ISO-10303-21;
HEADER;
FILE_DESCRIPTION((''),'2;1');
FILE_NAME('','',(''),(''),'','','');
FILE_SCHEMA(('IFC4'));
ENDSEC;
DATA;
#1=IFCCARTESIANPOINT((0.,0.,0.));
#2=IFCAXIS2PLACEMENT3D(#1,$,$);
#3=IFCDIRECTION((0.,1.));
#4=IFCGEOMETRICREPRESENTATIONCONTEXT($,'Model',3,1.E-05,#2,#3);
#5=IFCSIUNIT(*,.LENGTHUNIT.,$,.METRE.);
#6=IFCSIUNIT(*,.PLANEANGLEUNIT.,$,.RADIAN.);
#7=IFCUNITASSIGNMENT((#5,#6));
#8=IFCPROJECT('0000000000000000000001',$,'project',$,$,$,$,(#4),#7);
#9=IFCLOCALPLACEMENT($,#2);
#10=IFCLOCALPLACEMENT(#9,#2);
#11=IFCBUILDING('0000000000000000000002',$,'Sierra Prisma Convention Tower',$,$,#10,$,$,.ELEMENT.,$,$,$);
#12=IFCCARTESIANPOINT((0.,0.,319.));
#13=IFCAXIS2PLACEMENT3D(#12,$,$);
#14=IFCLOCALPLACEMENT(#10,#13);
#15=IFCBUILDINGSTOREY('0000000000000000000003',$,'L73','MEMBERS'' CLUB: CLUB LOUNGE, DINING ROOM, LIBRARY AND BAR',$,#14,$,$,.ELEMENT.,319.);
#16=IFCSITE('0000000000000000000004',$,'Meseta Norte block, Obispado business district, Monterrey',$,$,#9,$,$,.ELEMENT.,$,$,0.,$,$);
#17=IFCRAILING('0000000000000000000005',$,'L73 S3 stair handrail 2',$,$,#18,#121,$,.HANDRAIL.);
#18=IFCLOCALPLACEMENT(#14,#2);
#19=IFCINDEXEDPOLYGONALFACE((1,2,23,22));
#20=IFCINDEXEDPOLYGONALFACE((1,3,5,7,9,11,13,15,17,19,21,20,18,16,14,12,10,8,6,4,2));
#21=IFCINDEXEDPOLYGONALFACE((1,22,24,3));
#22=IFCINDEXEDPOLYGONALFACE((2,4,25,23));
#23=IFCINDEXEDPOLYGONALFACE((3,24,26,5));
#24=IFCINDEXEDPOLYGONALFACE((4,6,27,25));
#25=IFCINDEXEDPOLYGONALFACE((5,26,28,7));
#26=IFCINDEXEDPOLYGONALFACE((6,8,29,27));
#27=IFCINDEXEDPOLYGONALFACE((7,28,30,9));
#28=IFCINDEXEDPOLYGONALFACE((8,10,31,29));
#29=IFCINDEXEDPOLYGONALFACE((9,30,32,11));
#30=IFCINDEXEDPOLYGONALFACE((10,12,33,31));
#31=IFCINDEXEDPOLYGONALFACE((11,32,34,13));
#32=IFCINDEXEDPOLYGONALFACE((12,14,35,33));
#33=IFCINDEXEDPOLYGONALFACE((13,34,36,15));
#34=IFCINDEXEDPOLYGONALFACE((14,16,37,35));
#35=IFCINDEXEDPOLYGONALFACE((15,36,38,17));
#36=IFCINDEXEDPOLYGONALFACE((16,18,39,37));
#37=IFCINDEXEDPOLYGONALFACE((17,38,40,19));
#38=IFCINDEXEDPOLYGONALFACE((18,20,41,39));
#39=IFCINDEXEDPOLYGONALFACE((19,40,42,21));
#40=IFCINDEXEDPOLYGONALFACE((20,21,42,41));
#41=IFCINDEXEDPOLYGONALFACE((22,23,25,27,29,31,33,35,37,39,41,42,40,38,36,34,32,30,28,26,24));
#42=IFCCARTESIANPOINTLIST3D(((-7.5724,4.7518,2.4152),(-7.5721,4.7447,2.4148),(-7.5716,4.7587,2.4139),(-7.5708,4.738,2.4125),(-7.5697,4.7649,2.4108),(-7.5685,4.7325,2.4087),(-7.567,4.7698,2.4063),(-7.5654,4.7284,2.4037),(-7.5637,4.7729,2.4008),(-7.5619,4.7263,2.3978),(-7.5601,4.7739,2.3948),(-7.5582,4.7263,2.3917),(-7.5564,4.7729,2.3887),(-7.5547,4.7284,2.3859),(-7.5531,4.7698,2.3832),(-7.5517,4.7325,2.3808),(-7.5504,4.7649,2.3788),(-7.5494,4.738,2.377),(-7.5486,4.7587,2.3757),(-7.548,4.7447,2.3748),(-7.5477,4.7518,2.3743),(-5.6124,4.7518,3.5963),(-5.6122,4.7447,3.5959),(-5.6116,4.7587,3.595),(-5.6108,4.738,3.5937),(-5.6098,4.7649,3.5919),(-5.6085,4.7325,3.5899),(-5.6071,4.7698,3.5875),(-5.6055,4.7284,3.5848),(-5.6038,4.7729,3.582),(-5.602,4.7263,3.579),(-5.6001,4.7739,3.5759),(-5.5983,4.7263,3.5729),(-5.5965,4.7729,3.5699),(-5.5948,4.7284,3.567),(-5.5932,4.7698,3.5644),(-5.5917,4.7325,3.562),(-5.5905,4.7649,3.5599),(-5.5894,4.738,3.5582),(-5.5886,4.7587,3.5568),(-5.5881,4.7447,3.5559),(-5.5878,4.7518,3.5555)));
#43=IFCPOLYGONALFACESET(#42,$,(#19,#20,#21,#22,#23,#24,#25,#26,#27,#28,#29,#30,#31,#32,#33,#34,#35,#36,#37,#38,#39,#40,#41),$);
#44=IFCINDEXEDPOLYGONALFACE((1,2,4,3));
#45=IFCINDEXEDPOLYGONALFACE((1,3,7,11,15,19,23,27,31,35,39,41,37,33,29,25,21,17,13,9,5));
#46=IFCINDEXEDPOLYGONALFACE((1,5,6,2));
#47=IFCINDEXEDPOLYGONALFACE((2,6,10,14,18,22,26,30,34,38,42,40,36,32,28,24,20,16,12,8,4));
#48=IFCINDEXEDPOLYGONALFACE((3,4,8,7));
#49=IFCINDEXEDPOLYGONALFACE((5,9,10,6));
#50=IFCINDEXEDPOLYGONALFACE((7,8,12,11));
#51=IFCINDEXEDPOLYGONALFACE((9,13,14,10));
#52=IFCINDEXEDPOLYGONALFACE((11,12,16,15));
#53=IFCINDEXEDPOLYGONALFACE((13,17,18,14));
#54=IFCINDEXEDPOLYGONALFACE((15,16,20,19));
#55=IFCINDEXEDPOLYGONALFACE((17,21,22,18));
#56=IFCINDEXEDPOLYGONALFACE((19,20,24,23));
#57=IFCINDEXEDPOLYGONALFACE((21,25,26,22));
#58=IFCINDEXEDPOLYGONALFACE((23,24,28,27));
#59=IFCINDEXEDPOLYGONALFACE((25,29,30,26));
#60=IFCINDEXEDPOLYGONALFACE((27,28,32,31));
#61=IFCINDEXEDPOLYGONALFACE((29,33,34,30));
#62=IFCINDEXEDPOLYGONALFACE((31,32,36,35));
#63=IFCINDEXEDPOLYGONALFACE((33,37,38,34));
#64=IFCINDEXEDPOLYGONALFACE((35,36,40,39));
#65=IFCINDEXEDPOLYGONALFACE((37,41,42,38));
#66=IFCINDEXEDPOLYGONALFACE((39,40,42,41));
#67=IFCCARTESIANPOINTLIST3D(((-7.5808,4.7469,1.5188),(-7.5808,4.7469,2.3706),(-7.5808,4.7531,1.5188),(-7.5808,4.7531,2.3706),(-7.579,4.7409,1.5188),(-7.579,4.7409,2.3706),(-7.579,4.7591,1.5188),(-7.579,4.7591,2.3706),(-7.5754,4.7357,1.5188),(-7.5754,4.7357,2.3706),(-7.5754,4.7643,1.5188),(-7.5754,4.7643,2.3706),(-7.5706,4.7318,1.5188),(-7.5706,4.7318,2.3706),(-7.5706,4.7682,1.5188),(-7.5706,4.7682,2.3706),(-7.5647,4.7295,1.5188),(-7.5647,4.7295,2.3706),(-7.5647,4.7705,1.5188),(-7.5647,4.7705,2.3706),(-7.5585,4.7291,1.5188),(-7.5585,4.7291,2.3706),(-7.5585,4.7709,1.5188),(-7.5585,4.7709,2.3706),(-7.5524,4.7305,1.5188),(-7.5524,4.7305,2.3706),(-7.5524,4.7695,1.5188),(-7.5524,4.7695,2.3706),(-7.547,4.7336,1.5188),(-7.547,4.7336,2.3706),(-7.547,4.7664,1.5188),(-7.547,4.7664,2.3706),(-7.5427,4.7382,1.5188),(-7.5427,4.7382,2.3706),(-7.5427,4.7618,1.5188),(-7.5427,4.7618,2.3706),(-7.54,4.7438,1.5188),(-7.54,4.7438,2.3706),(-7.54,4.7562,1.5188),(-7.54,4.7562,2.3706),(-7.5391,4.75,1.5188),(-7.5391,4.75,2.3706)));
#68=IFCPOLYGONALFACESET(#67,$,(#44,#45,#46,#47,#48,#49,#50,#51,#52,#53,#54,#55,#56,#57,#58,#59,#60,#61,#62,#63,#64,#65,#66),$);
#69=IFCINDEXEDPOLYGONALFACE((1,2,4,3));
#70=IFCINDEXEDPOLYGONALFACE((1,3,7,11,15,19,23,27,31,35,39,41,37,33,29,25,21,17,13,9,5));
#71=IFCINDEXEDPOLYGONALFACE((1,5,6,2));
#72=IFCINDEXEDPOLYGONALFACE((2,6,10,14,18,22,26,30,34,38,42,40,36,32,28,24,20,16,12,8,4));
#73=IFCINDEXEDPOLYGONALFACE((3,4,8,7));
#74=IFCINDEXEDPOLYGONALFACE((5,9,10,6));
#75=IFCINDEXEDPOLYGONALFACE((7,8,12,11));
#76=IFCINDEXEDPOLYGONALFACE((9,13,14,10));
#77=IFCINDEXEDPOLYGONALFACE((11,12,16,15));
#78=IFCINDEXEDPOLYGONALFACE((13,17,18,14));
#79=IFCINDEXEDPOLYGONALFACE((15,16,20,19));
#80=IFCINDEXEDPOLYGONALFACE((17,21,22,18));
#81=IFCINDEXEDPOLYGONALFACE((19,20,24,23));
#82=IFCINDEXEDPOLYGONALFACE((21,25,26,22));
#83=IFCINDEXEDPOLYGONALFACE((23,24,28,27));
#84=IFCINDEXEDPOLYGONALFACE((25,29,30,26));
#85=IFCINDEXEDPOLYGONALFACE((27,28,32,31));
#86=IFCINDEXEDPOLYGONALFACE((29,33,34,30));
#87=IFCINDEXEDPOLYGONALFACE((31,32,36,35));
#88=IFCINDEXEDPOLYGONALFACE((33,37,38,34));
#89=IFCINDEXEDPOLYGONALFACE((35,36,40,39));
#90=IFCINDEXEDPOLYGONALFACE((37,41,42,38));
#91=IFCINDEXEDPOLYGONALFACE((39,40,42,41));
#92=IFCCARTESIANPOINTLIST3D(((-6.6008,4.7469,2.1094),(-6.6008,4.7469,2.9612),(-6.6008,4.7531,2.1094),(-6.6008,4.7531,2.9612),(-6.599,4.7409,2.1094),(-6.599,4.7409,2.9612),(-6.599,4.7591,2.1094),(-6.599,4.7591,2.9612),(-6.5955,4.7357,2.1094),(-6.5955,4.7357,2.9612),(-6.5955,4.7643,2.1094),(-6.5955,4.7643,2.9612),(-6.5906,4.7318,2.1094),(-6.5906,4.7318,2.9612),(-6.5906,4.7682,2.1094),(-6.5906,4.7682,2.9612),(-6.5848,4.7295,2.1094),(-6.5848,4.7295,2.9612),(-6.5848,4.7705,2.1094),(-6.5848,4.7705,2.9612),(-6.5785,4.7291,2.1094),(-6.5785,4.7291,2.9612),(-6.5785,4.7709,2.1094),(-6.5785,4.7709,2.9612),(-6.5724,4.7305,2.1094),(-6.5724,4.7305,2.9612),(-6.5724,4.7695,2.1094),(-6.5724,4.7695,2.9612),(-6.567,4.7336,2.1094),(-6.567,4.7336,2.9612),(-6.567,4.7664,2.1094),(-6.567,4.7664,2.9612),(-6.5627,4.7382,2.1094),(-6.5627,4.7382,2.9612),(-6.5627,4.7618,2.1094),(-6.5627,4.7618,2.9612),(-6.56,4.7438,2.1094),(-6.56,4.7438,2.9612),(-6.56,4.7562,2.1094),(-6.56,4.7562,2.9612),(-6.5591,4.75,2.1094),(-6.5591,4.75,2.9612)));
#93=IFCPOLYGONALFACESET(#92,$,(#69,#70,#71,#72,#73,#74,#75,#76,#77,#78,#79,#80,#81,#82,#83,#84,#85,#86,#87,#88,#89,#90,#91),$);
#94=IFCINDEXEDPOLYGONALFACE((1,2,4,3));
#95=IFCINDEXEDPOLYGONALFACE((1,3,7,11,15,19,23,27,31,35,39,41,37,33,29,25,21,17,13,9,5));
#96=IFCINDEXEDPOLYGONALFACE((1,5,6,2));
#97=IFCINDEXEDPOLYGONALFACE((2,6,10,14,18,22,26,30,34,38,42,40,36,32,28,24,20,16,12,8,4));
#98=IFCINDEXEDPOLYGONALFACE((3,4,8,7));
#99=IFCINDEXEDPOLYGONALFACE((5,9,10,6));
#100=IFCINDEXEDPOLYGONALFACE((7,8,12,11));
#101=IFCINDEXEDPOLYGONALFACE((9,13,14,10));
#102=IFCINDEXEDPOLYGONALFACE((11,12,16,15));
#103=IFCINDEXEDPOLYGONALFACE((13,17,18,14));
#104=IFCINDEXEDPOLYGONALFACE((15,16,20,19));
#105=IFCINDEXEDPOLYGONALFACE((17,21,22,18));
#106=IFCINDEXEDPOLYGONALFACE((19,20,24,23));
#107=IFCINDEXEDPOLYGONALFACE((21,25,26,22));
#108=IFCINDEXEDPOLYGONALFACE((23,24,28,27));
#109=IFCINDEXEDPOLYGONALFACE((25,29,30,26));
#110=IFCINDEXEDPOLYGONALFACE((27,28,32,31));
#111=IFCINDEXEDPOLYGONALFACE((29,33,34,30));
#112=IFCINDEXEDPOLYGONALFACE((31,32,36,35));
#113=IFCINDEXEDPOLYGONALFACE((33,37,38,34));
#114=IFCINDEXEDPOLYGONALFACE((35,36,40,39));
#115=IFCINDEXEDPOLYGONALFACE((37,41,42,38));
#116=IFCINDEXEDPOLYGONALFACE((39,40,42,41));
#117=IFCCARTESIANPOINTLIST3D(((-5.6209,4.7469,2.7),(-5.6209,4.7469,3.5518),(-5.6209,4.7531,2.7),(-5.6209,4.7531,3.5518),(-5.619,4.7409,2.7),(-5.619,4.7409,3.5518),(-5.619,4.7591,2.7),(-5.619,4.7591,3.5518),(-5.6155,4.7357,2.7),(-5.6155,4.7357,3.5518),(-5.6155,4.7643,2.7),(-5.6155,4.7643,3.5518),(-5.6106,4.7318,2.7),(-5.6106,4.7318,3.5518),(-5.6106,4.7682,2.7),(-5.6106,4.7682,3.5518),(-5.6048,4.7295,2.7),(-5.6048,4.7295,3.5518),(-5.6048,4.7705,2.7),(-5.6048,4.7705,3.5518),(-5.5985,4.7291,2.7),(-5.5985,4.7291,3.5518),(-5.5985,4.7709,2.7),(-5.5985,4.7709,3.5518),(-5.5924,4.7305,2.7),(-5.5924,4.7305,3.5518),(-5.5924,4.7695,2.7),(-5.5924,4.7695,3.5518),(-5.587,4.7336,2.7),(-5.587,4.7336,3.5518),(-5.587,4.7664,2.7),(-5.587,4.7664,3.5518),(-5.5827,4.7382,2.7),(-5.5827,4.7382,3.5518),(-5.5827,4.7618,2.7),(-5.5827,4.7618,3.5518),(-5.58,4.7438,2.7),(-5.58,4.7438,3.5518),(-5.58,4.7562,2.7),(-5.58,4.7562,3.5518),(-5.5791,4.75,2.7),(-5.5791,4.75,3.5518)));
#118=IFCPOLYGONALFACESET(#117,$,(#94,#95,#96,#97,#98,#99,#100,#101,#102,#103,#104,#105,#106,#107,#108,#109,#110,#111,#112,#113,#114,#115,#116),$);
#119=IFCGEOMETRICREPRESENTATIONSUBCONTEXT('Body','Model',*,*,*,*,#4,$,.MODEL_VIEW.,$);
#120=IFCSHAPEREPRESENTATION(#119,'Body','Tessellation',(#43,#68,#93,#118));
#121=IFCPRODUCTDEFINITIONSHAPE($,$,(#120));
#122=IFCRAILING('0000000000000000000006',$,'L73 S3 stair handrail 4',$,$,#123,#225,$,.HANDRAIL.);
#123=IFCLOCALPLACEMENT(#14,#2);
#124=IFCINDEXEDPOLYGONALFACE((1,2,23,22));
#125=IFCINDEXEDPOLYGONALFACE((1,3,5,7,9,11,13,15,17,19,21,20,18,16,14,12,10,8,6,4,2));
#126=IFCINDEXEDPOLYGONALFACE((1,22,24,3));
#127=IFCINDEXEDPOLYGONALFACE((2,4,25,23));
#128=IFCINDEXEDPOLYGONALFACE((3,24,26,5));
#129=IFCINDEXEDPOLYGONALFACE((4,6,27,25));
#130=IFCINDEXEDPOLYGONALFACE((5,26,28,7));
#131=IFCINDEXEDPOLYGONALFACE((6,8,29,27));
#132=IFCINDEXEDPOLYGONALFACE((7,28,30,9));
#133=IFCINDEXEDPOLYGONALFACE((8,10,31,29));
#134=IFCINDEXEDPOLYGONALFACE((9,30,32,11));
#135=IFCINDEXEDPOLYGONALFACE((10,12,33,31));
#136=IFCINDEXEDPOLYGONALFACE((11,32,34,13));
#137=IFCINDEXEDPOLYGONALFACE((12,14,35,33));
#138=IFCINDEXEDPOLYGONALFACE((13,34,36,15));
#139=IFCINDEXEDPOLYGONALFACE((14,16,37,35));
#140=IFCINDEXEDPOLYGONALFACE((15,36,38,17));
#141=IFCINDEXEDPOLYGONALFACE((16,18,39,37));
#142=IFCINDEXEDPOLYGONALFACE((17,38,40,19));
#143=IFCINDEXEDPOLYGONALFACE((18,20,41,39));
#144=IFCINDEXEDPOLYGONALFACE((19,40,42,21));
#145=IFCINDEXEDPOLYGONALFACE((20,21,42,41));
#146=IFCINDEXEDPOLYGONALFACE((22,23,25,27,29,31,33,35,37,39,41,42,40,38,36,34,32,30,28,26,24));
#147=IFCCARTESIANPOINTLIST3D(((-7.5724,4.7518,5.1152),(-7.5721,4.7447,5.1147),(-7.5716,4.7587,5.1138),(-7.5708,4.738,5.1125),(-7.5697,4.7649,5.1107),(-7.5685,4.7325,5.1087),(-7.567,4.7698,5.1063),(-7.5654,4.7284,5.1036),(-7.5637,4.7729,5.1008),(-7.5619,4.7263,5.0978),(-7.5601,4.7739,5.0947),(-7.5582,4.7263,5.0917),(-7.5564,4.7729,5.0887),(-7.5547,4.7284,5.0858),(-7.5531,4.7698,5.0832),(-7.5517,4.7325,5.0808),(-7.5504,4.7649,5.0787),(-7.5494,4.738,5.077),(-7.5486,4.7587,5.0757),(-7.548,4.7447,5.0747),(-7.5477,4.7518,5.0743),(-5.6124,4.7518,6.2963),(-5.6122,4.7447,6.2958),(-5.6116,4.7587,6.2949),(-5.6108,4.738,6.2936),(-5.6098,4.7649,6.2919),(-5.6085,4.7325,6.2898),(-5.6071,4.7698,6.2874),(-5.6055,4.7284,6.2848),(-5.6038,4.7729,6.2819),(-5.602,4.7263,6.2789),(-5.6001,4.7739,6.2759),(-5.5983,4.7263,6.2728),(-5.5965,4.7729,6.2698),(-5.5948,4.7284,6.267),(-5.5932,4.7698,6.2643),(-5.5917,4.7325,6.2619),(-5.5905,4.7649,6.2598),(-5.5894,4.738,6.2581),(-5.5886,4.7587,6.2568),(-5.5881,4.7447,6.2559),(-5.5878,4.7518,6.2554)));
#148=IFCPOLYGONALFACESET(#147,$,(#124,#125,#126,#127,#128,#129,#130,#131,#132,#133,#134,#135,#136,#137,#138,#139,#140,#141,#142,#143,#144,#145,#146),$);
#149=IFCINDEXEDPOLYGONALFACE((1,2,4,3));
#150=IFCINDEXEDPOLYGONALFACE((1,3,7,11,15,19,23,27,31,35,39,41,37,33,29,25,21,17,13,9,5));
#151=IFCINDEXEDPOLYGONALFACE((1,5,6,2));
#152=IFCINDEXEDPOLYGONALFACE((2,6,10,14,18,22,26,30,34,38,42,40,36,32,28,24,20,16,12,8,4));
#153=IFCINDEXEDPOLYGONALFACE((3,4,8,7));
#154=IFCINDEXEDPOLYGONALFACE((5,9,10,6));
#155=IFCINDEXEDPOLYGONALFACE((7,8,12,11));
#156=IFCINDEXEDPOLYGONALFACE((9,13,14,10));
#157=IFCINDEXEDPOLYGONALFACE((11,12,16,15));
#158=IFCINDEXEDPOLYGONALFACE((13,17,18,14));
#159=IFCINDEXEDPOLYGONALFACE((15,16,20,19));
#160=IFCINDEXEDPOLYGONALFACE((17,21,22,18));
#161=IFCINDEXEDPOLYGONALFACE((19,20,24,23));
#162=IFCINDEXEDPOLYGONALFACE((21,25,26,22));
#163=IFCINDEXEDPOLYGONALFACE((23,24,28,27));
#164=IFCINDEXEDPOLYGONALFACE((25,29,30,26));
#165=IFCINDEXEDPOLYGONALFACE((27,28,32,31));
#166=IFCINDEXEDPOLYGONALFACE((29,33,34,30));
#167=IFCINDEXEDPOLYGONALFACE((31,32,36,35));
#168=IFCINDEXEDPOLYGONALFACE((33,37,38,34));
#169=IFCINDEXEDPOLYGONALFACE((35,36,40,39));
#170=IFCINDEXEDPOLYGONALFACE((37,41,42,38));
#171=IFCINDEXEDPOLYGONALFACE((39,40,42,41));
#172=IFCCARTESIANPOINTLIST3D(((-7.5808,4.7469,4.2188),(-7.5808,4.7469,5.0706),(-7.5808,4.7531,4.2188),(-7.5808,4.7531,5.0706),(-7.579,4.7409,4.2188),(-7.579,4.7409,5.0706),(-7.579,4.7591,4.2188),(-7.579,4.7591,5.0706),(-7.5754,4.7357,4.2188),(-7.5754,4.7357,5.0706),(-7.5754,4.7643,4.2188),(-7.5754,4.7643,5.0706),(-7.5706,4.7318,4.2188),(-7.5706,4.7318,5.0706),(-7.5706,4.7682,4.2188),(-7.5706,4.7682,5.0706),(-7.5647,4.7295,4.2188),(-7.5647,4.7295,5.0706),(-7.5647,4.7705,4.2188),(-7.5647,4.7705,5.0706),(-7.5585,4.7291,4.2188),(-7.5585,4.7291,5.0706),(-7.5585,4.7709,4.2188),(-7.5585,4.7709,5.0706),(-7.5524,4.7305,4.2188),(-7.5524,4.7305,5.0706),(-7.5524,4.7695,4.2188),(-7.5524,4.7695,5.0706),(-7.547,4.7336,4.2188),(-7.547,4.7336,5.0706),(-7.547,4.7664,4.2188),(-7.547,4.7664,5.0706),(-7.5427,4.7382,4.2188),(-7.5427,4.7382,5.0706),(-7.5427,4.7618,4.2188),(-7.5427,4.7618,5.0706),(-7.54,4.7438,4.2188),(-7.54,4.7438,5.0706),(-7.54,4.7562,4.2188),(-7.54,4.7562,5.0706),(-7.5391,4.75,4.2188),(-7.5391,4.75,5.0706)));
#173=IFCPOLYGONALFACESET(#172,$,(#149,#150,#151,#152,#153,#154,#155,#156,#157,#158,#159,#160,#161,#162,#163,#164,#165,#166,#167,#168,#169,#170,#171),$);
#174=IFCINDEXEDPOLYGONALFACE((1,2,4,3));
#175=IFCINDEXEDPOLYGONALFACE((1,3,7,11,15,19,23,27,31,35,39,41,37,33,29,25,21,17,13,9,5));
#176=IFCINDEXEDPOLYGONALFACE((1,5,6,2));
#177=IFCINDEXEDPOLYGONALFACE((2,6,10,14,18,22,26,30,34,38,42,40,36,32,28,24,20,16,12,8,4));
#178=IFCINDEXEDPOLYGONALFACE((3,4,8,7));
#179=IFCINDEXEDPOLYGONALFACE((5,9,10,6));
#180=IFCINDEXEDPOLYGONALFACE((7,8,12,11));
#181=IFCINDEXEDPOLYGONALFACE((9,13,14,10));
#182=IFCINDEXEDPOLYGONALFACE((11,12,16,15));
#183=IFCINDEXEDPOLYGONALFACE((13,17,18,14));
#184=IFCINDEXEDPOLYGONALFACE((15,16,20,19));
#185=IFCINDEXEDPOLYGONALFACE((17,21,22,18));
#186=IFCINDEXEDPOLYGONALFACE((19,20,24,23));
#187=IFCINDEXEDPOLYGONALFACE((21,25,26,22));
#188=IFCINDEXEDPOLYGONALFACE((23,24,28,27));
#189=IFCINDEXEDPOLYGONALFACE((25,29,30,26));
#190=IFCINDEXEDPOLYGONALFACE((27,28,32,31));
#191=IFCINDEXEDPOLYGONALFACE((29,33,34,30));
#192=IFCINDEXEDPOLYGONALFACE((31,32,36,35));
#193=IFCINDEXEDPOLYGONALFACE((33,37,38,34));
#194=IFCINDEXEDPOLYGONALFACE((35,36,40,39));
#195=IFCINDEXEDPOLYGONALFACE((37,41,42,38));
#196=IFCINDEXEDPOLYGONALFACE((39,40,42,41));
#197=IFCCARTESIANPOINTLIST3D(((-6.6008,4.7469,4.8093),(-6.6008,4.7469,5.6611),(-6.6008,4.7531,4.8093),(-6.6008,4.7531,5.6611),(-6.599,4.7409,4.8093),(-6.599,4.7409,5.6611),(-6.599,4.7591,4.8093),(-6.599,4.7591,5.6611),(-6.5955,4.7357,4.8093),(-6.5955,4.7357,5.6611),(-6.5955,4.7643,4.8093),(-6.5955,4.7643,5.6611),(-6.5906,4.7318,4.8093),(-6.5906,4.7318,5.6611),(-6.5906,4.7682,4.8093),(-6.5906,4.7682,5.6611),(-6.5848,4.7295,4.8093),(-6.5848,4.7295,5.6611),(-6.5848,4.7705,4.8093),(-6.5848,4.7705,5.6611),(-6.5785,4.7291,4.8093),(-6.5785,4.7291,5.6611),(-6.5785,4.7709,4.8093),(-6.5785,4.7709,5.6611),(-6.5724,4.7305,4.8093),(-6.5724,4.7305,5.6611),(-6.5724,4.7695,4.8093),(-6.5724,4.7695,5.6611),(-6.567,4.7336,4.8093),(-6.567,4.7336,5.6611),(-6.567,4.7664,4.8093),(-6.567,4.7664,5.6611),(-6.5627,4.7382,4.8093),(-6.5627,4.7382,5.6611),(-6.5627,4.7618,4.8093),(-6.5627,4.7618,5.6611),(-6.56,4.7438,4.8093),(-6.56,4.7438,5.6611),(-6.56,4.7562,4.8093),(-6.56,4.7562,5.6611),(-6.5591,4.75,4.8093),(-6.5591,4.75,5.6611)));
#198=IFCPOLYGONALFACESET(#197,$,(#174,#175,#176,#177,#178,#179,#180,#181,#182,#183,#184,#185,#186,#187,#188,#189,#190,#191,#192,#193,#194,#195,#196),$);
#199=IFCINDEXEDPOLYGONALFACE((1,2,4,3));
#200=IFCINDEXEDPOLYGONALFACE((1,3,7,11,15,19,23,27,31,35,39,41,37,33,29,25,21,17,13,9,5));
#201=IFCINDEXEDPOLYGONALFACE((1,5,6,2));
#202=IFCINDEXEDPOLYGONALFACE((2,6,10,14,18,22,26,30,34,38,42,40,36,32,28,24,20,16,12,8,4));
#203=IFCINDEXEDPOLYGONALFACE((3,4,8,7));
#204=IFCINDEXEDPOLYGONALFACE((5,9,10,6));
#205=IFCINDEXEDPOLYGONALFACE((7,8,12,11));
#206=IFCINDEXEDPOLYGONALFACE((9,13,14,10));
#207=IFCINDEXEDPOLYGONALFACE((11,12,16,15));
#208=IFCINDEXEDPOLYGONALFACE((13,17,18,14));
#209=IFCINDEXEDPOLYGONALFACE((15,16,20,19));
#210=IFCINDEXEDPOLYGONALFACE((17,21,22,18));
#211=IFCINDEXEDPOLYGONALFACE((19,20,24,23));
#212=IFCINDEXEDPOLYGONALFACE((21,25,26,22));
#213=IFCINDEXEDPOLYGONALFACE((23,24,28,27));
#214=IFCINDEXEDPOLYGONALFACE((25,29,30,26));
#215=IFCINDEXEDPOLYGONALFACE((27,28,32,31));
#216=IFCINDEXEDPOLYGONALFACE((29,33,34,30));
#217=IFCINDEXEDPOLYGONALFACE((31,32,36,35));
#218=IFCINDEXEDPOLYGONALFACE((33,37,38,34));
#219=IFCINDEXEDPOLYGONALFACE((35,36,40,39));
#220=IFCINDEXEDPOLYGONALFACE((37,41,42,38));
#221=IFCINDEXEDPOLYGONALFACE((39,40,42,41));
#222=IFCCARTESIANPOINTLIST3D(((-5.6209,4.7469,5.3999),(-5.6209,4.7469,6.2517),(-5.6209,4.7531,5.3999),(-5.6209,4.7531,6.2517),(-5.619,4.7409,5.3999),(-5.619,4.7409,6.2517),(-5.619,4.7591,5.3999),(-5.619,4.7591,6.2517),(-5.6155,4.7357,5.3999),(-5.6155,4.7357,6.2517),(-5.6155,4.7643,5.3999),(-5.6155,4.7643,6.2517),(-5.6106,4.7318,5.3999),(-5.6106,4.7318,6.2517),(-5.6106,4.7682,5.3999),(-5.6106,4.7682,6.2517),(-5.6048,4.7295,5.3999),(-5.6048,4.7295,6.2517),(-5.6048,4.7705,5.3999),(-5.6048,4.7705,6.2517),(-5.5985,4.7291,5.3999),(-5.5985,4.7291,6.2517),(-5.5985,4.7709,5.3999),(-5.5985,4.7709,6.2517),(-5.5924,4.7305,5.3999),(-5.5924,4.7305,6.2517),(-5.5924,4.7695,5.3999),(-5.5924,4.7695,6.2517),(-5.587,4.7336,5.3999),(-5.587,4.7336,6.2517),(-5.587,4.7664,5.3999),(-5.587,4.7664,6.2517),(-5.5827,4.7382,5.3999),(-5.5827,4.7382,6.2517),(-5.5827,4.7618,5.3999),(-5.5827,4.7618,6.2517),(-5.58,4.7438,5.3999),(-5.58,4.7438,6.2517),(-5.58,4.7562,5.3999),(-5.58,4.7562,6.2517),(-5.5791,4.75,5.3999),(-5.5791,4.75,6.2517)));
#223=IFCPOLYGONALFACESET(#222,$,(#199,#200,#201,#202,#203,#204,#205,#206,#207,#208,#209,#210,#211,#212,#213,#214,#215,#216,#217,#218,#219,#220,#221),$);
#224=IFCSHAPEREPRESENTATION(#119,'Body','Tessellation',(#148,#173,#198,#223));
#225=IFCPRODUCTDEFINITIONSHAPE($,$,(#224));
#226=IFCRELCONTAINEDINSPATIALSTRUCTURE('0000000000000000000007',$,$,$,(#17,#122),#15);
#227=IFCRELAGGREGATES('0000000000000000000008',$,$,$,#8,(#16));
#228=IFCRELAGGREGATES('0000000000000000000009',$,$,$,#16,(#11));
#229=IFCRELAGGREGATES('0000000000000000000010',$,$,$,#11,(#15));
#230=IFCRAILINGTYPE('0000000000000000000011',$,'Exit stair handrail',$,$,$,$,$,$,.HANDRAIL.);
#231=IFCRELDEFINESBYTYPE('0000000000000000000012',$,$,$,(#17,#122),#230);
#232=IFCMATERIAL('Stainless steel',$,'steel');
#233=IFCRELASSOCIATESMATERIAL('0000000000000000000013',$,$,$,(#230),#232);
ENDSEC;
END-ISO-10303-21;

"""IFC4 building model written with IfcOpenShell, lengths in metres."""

from ifc_helpers import new_model, si_unit, direction, frame, origin, origin_2d, place, context, subcontext, project, spatial, circle, extrude, material, type_object, element, save


model = new_model("IFC4")

# Units and contexts
model_context = context("Model", 3, precision=1e-05, world=origin(), true_north=direction((0.0, 1.0)))
body_context = subcontext(model_context, "Body", "Model", "MODEL_VIEW")
ifc_project = project(units=[si_unit("LENGTHUNIT", "METRE"), si_unit("PLANEANGLEUNIT", "RADIAN")], contexts=[model_context])

# Site, building, storey
site_placement = place(None, origin())
site = spatial("IfcSite", under=ifc_project, at=site_placement, Name="Meseta Norte block, Obispado business district, Monterrey", CompositionType="ELEMENT", RefElevation=0.0)
building_placement = place(site_placement, origin())
building = spatial("IfcBuilding", under=site, at=building_placement, Name="Sierra Prisma Convention Tower", CompositionType="ELEMENT")
storey_placement = place(building_placement, frame((0.0, 0.0, 319.0)))
storey = spatial("IfcBuildingStorey", under=building, at=storey_placement, Name="L73", Description="MEMBERS' CLUB: CLUB LOUNGE, DINING ROOM, LIBRARY AND BAR", CompositionType="ELEMENT", Elevation=319.0)

# Railings
ifc_material_1 = material(Name="Stainless steel", Category="steel")
railing_type_1 = type_object("IfcRailingType", Name="Exit stair handrail", PredefinedType="HANDRAIL", material=ifc_material_1)
for number, where, name in (
    (1, (-7.5601, 4.75, 1.5188), "L73 S3 stair handrail 2"),
    (2, (-7.5601, 4.75, 4.2188), "L73 S3 stair handrail 4"),
):
    element("IfcRailing", number, at=place(storey_placement, frame(where)), inside=storey, type_object=railing_type_1, Name=name, PredefinedType="HANDRAIL", context=body_context, shape_type="SweptSolid", body=[
        extrude(circle(Radius=0.0239, at=origin_2d()), frame((0.0, 0.0, 0.876), z_axis=(0.856493, 0.0, 0.516158), x_axis=(0.0, 1.0, 0.0)), (0.0, 0.0, 1.0), 2.2883),
        extrude(circle(Radius=0.021, at=origin_2d()), origin(), (0.0, 0.0, 1.0), 0.8518),
        extrude(circle(Radius=0.021, at=origin_2d()), frame((0.98, 0.0, 0.5906)), (0.0, 0.0, 1.0), 0.8518),
        extrude(circle(Radius=0.021, at=origin_2d()), frame((1.96, 0.0, 1.1812)), (0.0, 0.0, 1.0), 0.8518),
    ])

save(model, "model.ifc")
